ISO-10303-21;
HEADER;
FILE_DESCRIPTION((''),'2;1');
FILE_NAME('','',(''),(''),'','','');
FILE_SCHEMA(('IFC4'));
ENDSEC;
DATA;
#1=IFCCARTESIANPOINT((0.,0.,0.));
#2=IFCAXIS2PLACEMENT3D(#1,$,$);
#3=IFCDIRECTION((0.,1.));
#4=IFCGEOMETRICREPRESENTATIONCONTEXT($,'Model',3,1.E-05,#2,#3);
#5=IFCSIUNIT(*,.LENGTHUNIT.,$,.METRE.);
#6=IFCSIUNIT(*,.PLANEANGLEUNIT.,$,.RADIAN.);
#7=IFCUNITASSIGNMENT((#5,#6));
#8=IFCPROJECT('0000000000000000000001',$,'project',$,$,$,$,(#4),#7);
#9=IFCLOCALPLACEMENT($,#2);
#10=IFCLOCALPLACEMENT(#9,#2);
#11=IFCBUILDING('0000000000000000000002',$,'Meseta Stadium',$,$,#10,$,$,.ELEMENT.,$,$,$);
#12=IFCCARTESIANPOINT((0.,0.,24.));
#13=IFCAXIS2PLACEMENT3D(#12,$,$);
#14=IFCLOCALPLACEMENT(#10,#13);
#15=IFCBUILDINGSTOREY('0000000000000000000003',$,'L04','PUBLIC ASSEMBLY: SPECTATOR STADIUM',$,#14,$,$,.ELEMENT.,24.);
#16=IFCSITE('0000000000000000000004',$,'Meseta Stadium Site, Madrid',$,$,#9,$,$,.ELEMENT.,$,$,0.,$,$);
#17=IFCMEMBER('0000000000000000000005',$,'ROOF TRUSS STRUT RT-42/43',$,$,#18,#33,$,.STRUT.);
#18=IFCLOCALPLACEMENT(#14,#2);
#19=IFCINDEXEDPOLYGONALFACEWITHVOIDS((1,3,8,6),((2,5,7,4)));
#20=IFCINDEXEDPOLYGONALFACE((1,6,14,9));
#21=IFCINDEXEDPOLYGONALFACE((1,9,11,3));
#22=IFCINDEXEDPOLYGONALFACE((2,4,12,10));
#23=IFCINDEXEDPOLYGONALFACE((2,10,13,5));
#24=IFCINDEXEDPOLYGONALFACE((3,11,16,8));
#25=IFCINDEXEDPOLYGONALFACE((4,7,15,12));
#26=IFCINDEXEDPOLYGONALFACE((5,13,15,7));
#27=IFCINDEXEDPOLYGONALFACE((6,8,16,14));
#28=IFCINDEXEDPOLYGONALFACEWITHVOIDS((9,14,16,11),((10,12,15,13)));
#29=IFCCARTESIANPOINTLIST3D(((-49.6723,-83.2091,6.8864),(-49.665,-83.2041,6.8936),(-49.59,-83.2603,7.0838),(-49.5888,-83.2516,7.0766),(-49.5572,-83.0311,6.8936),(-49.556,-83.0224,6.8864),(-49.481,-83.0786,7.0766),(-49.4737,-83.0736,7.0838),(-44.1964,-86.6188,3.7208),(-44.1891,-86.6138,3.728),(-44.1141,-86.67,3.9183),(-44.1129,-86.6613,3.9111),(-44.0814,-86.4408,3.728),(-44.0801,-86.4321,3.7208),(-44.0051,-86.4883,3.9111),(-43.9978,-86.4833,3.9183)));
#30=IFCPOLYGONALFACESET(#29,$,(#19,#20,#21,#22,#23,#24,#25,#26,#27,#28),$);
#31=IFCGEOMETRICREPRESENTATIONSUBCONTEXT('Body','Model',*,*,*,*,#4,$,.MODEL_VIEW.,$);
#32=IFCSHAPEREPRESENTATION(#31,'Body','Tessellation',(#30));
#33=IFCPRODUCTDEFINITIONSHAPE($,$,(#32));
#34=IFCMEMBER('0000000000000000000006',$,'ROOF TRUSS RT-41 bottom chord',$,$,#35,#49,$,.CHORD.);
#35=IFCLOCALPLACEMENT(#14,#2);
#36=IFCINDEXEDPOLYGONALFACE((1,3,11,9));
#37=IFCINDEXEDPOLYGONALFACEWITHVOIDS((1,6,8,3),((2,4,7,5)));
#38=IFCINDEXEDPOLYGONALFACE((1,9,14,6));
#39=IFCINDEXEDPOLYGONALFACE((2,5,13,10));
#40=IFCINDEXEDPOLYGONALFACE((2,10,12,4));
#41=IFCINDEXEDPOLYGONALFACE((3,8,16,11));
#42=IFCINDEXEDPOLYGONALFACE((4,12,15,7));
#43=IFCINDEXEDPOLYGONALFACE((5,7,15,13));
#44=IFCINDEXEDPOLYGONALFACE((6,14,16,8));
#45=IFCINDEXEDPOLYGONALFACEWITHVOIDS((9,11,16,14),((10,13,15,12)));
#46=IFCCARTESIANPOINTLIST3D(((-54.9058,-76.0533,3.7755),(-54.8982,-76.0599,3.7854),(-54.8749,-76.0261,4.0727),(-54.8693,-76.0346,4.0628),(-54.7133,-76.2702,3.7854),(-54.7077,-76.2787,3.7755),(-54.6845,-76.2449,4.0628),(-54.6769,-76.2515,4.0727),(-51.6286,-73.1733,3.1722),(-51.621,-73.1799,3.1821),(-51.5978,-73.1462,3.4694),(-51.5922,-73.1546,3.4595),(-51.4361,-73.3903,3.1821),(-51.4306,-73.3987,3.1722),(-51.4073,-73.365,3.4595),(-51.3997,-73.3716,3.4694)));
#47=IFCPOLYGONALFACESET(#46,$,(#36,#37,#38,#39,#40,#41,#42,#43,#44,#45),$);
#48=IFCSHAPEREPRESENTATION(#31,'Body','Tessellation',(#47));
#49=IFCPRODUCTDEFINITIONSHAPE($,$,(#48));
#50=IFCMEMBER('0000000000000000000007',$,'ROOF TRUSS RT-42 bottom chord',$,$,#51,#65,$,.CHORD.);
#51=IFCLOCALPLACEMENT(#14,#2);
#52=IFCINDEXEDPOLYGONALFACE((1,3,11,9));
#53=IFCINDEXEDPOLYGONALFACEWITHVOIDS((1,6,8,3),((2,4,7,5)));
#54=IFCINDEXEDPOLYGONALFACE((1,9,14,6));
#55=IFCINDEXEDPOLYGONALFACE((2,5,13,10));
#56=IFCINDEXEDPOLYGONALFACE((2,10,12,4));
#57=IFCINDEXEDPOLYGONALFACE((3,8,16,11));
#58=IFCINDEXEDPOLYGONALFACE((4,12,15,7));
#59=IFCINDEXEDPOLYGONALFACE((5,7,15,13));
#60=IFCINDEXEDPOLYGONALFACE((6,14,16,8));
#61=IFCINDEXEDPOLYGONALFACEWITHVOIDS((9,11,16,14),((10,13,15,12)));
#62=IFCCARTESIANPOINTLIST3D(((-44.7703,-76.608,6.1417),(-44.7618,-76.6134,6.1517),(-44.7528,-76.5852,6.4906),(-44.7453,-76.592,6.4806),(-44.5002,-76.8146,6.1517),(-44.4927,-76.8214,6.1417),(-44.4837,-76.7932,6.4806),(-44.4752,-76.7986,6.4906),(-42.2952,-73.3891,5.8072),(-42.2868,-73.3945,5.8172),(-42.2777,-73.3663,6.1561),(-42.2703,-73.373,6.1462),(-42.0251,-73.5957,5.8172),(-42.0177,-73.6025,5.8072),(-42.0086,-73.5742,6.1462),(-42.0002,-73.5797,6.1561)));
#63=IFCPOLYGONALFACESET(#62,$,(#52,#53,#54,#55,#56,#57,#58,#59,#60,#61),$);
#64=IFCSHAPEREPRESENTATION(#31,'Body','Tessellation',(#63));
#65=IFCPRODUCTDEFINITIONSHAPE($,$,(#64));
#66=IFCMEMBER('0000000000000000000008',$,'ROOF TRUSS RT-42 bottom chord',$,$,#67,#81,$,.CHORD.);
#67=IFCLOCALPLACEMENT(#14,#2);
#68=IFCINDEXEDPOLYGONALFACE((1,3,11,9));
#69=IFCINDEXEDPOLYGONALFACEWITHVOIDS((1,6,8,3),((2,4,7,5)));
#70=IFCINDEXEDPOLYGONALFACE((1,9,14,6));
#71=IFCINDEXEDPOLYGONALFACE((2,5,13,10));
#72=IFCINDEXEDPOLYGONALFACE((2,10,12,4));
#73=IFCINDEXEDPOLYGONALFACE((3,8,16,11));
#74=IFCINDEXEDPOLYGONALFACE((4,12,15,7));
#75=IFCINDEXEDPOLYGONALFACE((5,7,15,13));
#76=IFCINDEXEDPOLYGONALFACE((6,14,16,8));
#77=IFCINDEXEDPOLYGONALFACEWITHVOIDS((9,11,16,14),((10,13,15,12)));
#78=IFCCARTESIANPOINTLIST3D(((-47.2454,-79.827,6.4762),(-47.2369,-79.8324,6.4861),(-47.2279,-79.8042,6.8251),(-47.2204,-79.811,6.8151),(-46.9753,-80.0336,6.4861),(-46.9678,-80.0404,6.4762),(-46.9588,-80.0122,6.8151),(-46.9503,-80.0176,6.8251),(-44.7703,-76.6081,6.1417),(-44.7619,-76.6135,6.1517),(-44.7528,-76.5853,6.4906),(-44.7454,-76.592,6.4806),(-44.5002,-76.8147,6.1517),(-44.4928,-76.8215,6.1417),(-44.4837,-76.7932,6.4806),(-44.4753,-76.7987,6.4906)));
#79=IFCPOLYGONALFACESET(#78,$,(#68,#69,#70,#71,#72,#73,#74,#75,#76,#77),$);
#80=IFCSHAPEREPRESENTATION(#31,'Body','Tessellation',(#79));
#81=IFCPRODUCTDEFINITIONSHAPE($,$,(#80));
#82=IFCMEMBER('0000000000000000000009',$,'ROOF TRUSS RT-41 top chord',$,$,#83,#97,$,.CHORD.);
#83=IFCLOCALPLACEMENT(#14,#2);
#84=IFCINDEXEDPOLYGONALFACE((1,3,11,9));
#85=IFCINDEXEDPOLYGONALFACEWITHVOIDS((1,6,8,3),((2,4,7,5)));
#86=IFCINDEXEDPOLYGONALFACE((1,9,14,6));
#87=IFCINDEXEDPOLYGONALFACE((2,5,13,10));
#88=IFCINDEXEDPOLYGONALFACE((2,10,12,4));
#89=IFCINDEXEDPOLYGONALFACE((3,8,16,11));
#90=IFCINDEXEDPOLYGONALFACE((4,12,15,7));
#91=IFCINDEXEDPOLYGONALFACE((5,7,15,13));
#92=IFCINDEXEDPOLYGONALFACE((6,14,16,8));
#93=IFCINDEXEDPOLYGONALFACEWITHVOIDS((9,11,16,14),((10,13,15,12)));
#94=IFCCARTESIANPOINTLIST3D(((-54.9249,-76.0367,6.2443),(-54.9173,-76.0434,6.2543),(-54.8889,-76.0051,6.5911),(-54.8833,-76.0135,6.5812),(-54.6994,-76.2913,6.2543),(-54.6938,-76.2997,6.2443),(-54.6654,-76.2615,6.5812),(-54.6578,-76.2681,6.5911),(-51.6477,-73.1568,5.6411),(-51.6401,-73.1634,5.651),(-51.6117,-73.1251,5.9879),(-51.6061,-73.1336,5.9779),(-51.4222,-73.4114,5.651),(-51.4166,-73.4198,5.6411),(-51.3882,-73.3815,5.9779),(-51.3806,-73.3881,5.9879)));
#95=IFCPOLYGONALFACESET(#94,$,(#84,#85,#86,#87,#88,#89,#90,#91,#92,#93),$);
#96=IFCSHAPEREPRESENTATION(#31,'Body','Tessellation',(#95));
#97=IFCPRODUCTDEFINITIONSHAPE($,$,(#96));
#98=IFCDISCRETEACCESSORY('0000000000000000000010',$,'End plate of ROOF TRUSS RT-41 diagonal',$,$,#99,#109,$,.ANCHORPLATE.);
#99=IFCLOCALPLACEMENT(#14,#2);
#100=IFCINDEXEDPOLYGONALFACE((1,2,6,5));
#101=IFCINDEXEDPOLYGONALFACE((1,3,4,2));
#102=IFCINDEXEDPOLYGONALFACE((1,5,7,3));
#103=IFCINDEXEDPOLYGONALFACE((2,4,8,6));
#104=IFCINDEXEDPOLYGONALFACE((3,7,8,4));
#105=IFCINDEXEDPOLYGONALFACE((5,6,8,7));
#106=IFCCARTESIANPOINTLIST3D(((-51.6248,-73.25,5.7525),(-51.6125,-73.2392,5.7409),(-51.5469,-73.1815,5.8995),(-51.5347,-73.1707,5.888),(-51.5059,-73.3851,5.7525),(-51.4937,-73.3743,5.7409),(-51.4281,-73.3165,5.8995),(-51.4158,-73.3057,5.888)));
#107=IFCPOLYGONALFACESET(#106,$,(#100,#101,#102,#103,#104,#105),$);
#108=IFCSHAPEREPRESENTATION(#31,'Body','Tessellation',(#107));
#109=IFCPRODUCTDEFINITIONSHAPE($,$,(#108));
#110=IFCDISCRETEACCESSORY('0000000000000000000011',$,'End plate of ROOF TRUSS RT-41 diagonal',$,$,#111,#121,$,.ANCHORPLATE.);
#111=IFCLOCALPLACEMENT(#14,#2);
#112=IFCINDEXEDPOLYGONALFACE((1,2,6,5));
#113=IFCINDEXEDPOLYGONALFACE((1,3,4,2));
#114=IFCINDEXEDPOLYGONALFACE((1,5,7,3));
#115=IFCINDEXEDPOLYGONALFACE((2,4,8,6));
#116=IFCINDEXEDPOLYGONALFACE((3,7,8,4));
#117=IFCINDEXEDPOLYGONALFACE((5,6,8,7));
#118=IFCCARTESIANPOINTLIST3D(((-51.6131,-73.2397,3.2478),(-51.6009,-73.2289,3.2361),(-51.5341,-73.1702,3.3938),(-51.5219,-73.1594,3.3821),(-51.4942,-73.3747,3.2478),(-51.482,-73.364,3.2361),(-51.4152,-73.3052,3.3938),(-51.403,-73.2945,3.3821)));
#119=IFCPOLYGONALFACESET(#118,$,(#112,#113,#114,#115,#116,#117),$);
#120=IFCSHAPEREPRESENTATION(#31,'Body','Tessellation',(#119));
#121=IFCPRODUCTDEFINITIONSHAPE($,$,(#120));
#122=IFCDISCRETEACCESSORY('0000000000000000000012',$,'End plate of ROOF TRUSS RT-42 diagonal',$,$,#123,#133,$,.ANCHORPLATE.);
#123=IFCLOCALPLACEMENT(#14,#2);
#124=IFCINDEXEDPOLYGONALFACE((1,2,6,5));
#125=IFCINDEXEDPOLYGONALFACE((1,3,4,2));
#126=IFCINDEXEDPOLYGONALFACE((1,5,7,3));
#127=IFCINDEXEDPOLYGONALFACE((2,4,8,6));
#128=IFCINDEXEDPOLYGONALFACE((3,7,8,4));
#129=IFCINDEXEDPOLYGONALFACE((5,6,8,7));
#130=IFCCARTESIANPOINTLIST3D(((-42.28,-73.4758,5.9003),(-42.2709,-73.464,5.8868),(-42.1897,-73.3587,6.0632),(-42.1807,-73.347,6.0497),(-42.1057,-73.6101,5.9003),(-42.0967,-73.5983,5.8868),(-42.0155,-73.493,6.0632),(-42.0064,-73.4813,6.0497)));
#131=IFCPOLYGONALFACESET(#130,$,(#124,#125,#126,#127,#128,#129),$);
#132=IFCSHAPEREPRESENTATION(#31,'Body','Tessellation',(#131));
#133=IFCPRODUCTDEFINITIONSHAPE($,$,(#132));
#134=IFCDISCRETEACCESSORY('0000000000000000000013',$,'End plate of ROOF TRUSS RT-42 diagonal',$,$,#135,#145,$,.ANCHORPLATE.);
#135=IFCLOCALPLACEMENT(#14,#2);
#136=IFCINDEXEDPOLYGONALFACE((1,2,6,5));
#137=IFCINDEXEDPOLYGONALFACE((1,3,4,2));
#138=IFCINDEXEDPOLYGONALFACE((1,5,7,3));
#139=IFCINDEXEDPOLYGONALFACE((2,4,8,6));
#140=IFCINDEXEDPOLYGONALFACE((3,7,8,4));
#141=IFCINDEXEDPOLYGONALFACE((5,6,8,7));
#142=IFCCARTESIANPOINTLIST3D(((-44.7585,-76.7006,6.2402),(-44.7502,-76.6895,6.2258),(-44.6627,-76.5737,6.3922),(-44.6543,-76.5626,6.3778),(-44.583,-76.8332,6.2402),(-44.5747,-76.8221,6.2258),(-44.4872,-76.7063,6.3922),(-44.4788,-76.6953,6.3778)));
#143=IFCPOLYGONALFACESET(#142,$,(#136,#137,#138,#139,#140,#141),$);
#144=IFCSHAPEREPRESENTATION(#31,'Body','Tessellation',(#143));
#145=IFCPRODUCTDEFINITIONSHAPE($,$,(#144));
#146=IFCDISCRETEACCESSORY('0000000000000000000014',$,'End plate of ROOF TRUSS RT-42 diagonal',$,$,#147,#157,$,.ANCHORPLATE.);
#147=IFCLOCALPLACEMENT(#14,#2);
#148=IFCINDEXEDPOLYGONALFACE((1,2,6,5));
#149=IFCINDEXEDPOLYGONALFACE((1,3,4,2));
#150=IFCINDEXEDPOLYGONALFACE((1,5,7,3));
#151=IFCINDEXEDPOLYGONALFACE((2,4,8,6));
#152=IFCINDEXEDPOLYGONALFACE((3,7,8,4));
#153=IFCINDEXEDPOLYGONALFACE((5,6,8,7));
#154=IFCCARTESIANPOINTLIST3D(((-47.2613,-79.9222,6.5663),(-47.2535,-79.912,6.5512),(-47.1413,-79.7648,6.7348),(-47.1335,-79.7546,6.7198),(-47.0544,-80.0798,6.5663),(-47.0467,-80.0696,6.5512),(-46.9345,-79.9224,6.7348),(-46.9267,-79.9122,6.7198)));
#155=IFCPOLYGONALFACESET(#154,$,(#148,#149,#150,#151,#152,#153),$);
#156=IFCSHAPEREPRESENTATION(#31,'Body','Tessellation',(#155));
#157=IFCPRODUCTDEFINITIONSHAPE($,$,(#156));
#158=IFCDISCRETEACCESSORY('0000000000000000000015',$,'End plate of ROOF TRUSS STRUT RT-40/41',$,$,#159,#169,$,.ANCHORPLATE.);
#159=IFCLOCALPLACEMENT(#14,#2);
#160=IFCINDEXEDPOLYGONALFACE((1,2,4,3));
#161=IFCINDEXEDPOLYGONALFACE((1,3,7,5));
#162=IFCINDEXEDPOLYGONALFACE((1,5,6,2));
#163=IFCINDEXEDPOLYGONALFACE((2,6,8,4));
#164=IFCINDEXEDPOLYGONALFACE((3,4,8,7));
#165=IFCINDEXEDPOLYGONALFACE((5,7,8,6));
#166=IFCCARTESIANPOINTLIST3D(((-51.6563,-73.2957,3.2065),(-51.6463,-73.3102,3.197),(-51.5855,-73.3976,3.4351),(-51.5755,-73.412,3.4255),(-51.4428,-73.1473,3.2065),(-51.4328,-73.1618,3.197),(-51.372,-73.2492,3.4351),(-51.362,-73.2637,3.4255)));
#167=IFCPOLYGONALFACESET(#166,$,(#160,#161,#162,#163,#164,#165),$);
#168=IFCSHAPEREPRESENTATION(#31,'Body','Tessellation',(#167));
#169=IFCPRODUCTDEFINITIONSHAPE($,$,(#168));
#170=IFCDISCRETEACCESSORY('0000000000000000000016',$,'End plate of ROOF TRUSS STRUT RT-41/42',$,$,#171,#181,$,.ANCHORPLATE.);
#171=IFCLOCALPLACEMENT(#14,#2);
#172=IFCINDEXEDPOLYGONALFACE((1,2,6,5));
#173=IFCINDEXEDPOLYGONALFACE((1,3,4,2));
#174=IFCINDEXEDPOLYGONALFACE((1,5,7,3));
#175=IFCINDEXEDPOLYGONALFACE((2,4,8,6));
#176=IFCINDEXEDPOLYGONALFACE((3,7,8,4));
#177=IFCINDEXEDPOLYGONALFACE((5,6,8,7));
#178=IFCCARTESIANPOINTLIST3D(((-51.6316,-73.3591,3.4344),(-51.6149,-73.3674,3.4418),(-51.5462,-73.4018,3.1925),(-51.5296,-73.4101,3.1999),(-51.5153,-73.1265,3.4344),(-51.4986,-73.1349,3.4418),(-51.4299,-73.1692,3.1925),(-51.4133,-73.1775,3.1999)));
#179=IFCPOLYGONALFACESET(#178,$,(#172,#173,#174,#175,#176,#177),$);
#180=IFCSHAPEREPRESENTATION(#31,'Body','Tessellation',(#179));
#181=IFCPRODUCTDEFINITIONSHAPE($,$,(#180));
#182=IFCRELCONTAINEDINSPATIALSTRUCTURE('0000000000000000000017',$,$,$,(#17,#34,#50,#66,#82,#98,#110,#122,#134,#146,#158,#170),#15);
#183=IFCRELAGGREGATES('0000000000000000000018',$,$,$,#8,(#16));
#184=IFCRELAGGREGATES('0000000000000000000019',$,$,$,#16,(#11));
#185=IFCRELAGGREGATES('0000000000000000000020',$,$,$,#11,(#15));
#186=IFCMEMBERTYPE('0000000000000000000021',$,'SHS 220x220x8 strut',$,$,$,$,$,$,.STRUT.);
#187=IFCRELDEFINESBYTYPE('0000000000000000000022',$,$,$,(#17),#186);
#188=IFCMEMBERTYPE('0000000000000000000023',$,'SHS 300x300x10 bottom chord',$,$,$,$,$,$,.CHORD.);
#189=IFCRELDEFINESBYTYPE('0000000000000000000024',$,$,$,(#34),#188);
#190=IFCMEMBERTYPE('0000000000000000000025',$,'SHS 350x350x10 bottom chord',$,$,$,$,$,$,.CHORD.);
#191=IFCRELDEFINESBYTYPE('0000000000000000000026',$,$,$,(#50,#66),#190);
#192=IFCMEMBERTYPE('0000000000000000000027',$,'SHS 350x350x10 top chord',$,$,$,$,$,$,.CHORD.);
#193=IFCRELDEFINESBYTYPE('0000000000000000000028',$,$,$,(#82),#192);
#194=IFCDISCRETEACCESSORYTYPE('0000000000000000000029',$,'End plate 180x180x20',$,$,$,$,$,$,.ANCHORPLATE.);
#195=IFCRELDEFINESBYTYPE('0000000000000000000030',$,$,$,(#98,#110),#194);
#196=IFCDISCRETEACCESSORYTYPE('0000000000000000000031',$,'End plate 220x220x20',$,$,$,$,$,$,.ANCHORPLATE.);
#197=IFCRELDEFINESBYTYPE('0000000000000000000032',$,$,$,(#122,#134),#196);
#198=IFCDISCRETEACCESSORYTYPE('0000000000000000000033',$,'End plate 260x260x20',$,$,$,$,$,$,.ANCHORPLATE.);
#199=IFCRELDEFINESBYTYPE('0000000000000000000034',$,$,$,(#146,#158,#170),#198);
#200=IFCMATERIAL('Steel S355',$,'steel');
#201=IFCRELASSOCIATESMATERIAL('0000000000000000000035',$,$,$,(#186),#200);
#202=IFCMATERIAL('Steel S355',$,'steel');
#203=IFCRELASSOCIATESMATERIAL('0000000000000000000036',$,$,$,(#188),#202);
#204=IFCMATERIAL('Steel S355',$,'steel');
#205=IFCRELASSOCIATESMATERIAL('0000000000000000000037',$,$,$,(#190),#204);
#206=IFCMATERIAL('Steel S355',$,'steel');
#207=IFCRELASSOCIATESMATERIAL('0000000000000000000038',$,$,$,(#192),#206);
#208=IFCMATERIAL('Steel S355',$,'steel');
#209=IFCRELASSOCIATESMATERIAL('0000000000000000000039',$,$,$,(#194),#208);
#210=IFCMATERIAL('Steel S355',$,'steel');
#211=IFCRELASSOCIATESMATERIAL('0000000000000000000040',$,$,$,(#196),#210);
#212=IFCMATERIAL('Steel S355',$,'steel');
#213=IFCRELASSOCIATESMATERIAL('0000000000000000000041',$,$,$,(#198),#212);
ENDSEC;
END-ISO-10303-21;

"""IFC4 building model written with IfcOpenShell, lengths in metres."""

from ifc_helpers import new_model, si_unit, direction, frame, origin, origin_2d, place, context, subcontext, project, spatial, rectangle, hollow_rectangle, extrude, material, material_profile, profile_set, type_object, element, save


model = new_model("IFC4")

# Units and contexts
model_context = context("Model", 3, precision=1e-05, world=origin(), true_north=direction((0.0, 1.0)))
body_context = subcontext(model_context, "Body", "Model", "MODEL_VIEW")
ifc_project = project(units=[si_unit("LENGTHUNIT", "METRE"), si_unit("PLANEANGLEUNIT", "RADIAN")], contexts=[model_context])

# Site, building, storey
site_placement = place(None, origin())
site = spatial("IfcSite", under=ifc_project, at=site_placement, Name="Meseta Stadium Site, Madrid", CompositionType="ELEMENT", RefElevation=0.0)
building_placement = place(site_placement, origin())
building = spatial("IfcBuilding", under=site, at=building_placement, Name="Meseta Stadium", CompositionType="ELEMENT")
storey_placement = place(building_placement, frame((0.0, 0.0, 24.0)))
storey = spatial("IfcBuildingStorey", under=building, at=storey_placement, Name="L04", Description="PUBLIC ASSEMBLY: SPECTATOR STADIUM", CompositionType="ELEMENT", Elevation=24.0)

# Members
ifc_material_1 = material(Name="Steel S355", Category="steel")
ifc_material_profile_1 = material_profile(ifc_material_1, hollow_rectangle(XDim=0.22, YDim=0.22, WallThickness=0.0081, at=origin_2d()), Name="SHS 220x220x8")
ifc_profile_set_1 = profile_set([ifc_material_profile_1], Name="Steel S355")
member_type_1 = type_object("IfcMemberType", Name="SHS 220x220x8 strut", PredefinedType="STRUT", material=ifc_profile_set_1)
member_1_placement = place(storey_placement, frame((-49.573, -83.1414, 6.9851), z_axis=(0.762069, -0.474522, -0.440545), x_axis=(0.52858, 0.848884, 0.0)))
element("IfcMember", 1, at=member_1_placement, inside=storey, type_object=member_type_1, Name="ROOF TRUSS STRUT RT-42/43", PredefinedType="STRUT", context=body_context, shape_type="SweptSolid", body=[
    extrude(hollow_rectangle(XDim=0.22, YDim=0.22, WallThickness=0.0081, at=origin_2d()), origin(), (0.0, 0.0, 1.0), 7.1855),
])
ifc_material_2 = material(Name="Steel S355", Category="steel")
ifc_material_profile_2 = material_profile(ifc_material_2, hollow_rectangle(XDim=0.3, YDim=0.3, WallThickness=0.01, at=origin_2d()), Name="SHS 300x300x10")
ifc_profile_set_2 = profile_set([ifc_material_profile_2], Name="Steel S355")
member_type_2 = type_object("IfcMemberType", Name="SHS 300x300x10 bottom chord", PredefinedType="CHORD", material=ifc_profile_set_2)
member_2_placement = place(storey_placement, frame((-51.5142, -73.2725, 3.3208), z_axis=(-0.744084, -0.653894, 0.136976), x_axis=(0.660116, -0.751164, 0.0)))
element("IfcMember", 2, at=member_2_placement, inside=storey, type_object=member_type_2, Name="ROOF TRUSS RT-41 bottom chord", PredefinedType="CHORD", context=body_context, shape_type="SweptSolid", body=[
    extrude(hollow_rectangle(XDim=0.3, YDim=0.3, WallThickness=0.01, at=origin_2d()), origin(), (0.0, 0.0, 1.0), 4.4043),
])
ifc_material_3 = material(Name="Steel S355", Category="steel")
ifc_material_profile_3 = material_profile(ifc_material_3, hollow_rectangle(XDim=0.3501, YDim=0.3501, WallThickness=0.01, at=origin_2d()), Name="SHS 350x350x10")
ifc_profile_set_3 = profile_set([ifc_material_profile_3], Name="Steel S355")
member_type_3 = type_object("IfcMemberType", Name="SHS 350x350x10 bottom chord", PredefinedType="CHORD", material=ifc_profile_set_3)
for number, where, z_axis, x_axis, name in (
    (3, (-42.1477, -73.4844, 5.9817), (-0.607491, -0.790073, 0.082093), (0.792749, -0.609548, 0.0), "ROOF TRUSS RT-42 bottom chord"),
    (4, (-44.6228, -76.7034, 6.3162), (-0.607491, -0.790073, 0.082093), (0.792749, -0.609548, 0.0), "ROOF TRUSS RT-42 bottom chord"),
):
    element("IfcMember", number, at=place(storey_placement, frame(where, z_axis=z_axis, x_axis=x_axis)), inside=storey, type_object=member_type_3, Name=name, PredefinedType="CHORD", context=body_context, shape_type="SweptSolid", body=[
        extrude(hollow_rectangle(XDim=0.3501, YDim=0.3501, WallThickness=0.01, at=origin_2d()), origin(), (0.0, 0.0, 1.0), 4.0742),
    ])
ifc_material_4 = material(Name="Steel S355", Category="steel")
ifc_material_profile_4 = material_profile(ifc_material_4, hollow_rectangle(XDim=0.3501, YDim=0.3501, WallThickness=0.01, at=origin_2d()), Name="SHS 350x350x10")
ifc_profile_set_4 = profile_set([ifc_material_profile_4], Name="Steel S355")
member_type_4 = type_object("IfcMemberType", Name="SHS 350x350x10 top chord", PredefinedType="CHORD", material=ifc_profile_set_4)
member_3_placement = place(storey_placement, frame((-51.5142, -73.2725, 5.8145), z_axis=(-0.744084, -0.653894, 0.136976), x_axis=(0.660116, -0.751164, 0.0)))
element("IfcMember", 5, at=member_3_placement, inside=storey, type_object=member_type_4, Name="ROOF TRUSS RT-41 top chord", PredefinedType="CHORD", context=body_context, shape_type="SweptSolid", body=[
    extrude(hollow_rectangle(XDim=0.3501, YDim=0.3501, WallThickness=0.01, at=origin_2d()), origin(), (0.0, 0.0, 1.0), 4.4043),
])

# Discrete accessories
ifc_material_5 = material(Name="Steel S355", Category="steel")
ifc_material_profile_5 = material_profile(ifc_material_5, rectangle(XDim=0.1799, YDim=0.1799, at=origin_2d()), Name="PL 180x180")
ifc_profile_set_5 = profile_set([ifc_material_profile_5], Name="Steel S355")
discrete_accessory_type_1 = type_object("IfcDiscreteAccessoryType", Name="End plate 180x180x20", PredefinedType="ANCHORPLATE", material=ifc_profile_set_5)
for number, where, z_axis, x_axis, name in (
    (6, (-51.5142, -73.2725, 5.8145), (-0.61337, -0.539766, 0.576568), (0.660628, -0.750714, 0.0), "End plate of ROOF TRUSS RT-41 diagonal"),
    (7, (-51.502, -73.2617, 3.3091), (-0.609032, -0.535948, 0.584671), (0.660628, -0.750714, 0.0), "End plate of ROOF TRUSS RT-41 diagonal"),
):
    element("IfcDiscreteAccessory", number, at=place(storey_placement, frame(where, z_axis=z_axis, x_axis=x_axis)), inside=storey, type_object=discrete_accessory_type_1, Name=name, PredefinedType="ANCHORPLATE", context=body_context, shape_type="SweptSolid", body=[
        extrude(rectangle(XDim=0.1799, YDim=0.1799, at=origin_2d()), origin(), (0.0, 0.0, 1.0), 0.02),
    ])
ifc_material_6 = material(Name="Steel S355", Category="steel")
ifc_material_profile_6 = material_profile(ifc_material_6, rectangle(XDim=0.22, YDim=0.22, at=origin_2d()), Name="PL 220x220")
ifc_profile_set_6 = profile_set([ifc_material_profile_6], Name="Steel S355")
discrete_accessory_type_2 = type_object("IfcDiscreteAccessoryType", Name="End plate 220x220x20", PredefinedType="ANCHORPLATE", material=ifc_profile_set_6)
for number, where, z_axis, x_axis, name in (
    (8, (-42.1387, -73.4727, 5.9683), (-0.452094, -0.586501, 0.672032), (0.79201, -0.610508, 0.0), "End plate of ROOF TRUSS RT-42 diagonal"),
    (9, (-44.6145, -76.6924, 6.3018), (-0.416559, -0.551328, 0.722853), (0.797867, -0.602833, 0.0), "End plate of ROOF TRUSS RT-42 diagonal"),
):
    element("IfcDiscreteAccessory", number, at=place(storey_placement, frame(where, z_axis=z_axis, x_axis=x_axis)), inside=storey, type_object=discrete_accessory_type_2, Name=name, PredefinedType="ANCHORPLATE", context=body_context, shape_type="SweptSolid", body=[
        extrude(rectangle(XDim=0.22, YDim=0.22, at=origin_2d()), origin(), (0.0, 0.0, 1.0), 0.02),
    ])
ifc_material_7 = material(Name="Steel S355", Category="steel")
ifc_material_profile_7 = material_profile(ifc_material_7, rectangle(XDim=0.26, YDim=0.26, at=origin_2d()), Name="PL 260x260")
ifc_profile_set_7 = profile_set([ifc_material_profile_7], Name="Steel S355")
discrete_accessory_type_3 = type_object("IfcDiscreteAccessoryType", Name="End plate 260x260x20", PredefinedType="ANCHORPLATE", material=ifc_profile_set_7)
discrete_accessory_1_placement = place(storey_placement, frame((-47.0901, -79.9121, 6.6355), z_axis=(-0.392941, -0.515736, 0.761324), x_axis=(0.795432, -0.606043, 0.0)))
element("IfcDiscreteAccessory", 10, at=discrete_accessory_1_placement, inside=storey, type_object=discrete_accessory_type_3, Name="End plate of ROOF TRUSS RT-42 diagonal", PredefinedType="ANCHORPLATE", context=body_context, shape_type="SweptSolid", body=[
    extrude(rectangle(XDim=0.26, YDim=0.26, at=origin_2d()), origin(), (0.0, 0.0, 1.0), 0.0198),
])
for number, where, z_axis, x_axis, name in (
    (11, (-51.5142, -73.2725, 3.3208), (0.501531, -0.721716, -0.477066), (0.821189, 0.570657, 0.0), "End plate of ROOF TRUSS STRUT RT-40/41"),
    (12, (-51.5308, -73.2642, 3.3135), (0.831995, -0.415997, 0.367057), (0.447214, 0.894427, 0.0), "End plate of ROOF TRUSS STRUT RT-41/42"),
):
    element("IfcDiscreteAccessory", number, at=place(storey_placement, frame(where, z_axis=z_axis, x_axis=x_axis)), inside=storey, type_object=discrete_accessory_type_3, Name=name, PredefinedType="ANCHORPLATE", context=body_context, shape_type="SweptSolid", body=[
        extrude(rectangle(XDim=0.26, YDim=0.26, at=origin_2d()), origin(), (0.0, 0.0, 1.0), 0.02),
    ])

save(model, "model.ifc")
